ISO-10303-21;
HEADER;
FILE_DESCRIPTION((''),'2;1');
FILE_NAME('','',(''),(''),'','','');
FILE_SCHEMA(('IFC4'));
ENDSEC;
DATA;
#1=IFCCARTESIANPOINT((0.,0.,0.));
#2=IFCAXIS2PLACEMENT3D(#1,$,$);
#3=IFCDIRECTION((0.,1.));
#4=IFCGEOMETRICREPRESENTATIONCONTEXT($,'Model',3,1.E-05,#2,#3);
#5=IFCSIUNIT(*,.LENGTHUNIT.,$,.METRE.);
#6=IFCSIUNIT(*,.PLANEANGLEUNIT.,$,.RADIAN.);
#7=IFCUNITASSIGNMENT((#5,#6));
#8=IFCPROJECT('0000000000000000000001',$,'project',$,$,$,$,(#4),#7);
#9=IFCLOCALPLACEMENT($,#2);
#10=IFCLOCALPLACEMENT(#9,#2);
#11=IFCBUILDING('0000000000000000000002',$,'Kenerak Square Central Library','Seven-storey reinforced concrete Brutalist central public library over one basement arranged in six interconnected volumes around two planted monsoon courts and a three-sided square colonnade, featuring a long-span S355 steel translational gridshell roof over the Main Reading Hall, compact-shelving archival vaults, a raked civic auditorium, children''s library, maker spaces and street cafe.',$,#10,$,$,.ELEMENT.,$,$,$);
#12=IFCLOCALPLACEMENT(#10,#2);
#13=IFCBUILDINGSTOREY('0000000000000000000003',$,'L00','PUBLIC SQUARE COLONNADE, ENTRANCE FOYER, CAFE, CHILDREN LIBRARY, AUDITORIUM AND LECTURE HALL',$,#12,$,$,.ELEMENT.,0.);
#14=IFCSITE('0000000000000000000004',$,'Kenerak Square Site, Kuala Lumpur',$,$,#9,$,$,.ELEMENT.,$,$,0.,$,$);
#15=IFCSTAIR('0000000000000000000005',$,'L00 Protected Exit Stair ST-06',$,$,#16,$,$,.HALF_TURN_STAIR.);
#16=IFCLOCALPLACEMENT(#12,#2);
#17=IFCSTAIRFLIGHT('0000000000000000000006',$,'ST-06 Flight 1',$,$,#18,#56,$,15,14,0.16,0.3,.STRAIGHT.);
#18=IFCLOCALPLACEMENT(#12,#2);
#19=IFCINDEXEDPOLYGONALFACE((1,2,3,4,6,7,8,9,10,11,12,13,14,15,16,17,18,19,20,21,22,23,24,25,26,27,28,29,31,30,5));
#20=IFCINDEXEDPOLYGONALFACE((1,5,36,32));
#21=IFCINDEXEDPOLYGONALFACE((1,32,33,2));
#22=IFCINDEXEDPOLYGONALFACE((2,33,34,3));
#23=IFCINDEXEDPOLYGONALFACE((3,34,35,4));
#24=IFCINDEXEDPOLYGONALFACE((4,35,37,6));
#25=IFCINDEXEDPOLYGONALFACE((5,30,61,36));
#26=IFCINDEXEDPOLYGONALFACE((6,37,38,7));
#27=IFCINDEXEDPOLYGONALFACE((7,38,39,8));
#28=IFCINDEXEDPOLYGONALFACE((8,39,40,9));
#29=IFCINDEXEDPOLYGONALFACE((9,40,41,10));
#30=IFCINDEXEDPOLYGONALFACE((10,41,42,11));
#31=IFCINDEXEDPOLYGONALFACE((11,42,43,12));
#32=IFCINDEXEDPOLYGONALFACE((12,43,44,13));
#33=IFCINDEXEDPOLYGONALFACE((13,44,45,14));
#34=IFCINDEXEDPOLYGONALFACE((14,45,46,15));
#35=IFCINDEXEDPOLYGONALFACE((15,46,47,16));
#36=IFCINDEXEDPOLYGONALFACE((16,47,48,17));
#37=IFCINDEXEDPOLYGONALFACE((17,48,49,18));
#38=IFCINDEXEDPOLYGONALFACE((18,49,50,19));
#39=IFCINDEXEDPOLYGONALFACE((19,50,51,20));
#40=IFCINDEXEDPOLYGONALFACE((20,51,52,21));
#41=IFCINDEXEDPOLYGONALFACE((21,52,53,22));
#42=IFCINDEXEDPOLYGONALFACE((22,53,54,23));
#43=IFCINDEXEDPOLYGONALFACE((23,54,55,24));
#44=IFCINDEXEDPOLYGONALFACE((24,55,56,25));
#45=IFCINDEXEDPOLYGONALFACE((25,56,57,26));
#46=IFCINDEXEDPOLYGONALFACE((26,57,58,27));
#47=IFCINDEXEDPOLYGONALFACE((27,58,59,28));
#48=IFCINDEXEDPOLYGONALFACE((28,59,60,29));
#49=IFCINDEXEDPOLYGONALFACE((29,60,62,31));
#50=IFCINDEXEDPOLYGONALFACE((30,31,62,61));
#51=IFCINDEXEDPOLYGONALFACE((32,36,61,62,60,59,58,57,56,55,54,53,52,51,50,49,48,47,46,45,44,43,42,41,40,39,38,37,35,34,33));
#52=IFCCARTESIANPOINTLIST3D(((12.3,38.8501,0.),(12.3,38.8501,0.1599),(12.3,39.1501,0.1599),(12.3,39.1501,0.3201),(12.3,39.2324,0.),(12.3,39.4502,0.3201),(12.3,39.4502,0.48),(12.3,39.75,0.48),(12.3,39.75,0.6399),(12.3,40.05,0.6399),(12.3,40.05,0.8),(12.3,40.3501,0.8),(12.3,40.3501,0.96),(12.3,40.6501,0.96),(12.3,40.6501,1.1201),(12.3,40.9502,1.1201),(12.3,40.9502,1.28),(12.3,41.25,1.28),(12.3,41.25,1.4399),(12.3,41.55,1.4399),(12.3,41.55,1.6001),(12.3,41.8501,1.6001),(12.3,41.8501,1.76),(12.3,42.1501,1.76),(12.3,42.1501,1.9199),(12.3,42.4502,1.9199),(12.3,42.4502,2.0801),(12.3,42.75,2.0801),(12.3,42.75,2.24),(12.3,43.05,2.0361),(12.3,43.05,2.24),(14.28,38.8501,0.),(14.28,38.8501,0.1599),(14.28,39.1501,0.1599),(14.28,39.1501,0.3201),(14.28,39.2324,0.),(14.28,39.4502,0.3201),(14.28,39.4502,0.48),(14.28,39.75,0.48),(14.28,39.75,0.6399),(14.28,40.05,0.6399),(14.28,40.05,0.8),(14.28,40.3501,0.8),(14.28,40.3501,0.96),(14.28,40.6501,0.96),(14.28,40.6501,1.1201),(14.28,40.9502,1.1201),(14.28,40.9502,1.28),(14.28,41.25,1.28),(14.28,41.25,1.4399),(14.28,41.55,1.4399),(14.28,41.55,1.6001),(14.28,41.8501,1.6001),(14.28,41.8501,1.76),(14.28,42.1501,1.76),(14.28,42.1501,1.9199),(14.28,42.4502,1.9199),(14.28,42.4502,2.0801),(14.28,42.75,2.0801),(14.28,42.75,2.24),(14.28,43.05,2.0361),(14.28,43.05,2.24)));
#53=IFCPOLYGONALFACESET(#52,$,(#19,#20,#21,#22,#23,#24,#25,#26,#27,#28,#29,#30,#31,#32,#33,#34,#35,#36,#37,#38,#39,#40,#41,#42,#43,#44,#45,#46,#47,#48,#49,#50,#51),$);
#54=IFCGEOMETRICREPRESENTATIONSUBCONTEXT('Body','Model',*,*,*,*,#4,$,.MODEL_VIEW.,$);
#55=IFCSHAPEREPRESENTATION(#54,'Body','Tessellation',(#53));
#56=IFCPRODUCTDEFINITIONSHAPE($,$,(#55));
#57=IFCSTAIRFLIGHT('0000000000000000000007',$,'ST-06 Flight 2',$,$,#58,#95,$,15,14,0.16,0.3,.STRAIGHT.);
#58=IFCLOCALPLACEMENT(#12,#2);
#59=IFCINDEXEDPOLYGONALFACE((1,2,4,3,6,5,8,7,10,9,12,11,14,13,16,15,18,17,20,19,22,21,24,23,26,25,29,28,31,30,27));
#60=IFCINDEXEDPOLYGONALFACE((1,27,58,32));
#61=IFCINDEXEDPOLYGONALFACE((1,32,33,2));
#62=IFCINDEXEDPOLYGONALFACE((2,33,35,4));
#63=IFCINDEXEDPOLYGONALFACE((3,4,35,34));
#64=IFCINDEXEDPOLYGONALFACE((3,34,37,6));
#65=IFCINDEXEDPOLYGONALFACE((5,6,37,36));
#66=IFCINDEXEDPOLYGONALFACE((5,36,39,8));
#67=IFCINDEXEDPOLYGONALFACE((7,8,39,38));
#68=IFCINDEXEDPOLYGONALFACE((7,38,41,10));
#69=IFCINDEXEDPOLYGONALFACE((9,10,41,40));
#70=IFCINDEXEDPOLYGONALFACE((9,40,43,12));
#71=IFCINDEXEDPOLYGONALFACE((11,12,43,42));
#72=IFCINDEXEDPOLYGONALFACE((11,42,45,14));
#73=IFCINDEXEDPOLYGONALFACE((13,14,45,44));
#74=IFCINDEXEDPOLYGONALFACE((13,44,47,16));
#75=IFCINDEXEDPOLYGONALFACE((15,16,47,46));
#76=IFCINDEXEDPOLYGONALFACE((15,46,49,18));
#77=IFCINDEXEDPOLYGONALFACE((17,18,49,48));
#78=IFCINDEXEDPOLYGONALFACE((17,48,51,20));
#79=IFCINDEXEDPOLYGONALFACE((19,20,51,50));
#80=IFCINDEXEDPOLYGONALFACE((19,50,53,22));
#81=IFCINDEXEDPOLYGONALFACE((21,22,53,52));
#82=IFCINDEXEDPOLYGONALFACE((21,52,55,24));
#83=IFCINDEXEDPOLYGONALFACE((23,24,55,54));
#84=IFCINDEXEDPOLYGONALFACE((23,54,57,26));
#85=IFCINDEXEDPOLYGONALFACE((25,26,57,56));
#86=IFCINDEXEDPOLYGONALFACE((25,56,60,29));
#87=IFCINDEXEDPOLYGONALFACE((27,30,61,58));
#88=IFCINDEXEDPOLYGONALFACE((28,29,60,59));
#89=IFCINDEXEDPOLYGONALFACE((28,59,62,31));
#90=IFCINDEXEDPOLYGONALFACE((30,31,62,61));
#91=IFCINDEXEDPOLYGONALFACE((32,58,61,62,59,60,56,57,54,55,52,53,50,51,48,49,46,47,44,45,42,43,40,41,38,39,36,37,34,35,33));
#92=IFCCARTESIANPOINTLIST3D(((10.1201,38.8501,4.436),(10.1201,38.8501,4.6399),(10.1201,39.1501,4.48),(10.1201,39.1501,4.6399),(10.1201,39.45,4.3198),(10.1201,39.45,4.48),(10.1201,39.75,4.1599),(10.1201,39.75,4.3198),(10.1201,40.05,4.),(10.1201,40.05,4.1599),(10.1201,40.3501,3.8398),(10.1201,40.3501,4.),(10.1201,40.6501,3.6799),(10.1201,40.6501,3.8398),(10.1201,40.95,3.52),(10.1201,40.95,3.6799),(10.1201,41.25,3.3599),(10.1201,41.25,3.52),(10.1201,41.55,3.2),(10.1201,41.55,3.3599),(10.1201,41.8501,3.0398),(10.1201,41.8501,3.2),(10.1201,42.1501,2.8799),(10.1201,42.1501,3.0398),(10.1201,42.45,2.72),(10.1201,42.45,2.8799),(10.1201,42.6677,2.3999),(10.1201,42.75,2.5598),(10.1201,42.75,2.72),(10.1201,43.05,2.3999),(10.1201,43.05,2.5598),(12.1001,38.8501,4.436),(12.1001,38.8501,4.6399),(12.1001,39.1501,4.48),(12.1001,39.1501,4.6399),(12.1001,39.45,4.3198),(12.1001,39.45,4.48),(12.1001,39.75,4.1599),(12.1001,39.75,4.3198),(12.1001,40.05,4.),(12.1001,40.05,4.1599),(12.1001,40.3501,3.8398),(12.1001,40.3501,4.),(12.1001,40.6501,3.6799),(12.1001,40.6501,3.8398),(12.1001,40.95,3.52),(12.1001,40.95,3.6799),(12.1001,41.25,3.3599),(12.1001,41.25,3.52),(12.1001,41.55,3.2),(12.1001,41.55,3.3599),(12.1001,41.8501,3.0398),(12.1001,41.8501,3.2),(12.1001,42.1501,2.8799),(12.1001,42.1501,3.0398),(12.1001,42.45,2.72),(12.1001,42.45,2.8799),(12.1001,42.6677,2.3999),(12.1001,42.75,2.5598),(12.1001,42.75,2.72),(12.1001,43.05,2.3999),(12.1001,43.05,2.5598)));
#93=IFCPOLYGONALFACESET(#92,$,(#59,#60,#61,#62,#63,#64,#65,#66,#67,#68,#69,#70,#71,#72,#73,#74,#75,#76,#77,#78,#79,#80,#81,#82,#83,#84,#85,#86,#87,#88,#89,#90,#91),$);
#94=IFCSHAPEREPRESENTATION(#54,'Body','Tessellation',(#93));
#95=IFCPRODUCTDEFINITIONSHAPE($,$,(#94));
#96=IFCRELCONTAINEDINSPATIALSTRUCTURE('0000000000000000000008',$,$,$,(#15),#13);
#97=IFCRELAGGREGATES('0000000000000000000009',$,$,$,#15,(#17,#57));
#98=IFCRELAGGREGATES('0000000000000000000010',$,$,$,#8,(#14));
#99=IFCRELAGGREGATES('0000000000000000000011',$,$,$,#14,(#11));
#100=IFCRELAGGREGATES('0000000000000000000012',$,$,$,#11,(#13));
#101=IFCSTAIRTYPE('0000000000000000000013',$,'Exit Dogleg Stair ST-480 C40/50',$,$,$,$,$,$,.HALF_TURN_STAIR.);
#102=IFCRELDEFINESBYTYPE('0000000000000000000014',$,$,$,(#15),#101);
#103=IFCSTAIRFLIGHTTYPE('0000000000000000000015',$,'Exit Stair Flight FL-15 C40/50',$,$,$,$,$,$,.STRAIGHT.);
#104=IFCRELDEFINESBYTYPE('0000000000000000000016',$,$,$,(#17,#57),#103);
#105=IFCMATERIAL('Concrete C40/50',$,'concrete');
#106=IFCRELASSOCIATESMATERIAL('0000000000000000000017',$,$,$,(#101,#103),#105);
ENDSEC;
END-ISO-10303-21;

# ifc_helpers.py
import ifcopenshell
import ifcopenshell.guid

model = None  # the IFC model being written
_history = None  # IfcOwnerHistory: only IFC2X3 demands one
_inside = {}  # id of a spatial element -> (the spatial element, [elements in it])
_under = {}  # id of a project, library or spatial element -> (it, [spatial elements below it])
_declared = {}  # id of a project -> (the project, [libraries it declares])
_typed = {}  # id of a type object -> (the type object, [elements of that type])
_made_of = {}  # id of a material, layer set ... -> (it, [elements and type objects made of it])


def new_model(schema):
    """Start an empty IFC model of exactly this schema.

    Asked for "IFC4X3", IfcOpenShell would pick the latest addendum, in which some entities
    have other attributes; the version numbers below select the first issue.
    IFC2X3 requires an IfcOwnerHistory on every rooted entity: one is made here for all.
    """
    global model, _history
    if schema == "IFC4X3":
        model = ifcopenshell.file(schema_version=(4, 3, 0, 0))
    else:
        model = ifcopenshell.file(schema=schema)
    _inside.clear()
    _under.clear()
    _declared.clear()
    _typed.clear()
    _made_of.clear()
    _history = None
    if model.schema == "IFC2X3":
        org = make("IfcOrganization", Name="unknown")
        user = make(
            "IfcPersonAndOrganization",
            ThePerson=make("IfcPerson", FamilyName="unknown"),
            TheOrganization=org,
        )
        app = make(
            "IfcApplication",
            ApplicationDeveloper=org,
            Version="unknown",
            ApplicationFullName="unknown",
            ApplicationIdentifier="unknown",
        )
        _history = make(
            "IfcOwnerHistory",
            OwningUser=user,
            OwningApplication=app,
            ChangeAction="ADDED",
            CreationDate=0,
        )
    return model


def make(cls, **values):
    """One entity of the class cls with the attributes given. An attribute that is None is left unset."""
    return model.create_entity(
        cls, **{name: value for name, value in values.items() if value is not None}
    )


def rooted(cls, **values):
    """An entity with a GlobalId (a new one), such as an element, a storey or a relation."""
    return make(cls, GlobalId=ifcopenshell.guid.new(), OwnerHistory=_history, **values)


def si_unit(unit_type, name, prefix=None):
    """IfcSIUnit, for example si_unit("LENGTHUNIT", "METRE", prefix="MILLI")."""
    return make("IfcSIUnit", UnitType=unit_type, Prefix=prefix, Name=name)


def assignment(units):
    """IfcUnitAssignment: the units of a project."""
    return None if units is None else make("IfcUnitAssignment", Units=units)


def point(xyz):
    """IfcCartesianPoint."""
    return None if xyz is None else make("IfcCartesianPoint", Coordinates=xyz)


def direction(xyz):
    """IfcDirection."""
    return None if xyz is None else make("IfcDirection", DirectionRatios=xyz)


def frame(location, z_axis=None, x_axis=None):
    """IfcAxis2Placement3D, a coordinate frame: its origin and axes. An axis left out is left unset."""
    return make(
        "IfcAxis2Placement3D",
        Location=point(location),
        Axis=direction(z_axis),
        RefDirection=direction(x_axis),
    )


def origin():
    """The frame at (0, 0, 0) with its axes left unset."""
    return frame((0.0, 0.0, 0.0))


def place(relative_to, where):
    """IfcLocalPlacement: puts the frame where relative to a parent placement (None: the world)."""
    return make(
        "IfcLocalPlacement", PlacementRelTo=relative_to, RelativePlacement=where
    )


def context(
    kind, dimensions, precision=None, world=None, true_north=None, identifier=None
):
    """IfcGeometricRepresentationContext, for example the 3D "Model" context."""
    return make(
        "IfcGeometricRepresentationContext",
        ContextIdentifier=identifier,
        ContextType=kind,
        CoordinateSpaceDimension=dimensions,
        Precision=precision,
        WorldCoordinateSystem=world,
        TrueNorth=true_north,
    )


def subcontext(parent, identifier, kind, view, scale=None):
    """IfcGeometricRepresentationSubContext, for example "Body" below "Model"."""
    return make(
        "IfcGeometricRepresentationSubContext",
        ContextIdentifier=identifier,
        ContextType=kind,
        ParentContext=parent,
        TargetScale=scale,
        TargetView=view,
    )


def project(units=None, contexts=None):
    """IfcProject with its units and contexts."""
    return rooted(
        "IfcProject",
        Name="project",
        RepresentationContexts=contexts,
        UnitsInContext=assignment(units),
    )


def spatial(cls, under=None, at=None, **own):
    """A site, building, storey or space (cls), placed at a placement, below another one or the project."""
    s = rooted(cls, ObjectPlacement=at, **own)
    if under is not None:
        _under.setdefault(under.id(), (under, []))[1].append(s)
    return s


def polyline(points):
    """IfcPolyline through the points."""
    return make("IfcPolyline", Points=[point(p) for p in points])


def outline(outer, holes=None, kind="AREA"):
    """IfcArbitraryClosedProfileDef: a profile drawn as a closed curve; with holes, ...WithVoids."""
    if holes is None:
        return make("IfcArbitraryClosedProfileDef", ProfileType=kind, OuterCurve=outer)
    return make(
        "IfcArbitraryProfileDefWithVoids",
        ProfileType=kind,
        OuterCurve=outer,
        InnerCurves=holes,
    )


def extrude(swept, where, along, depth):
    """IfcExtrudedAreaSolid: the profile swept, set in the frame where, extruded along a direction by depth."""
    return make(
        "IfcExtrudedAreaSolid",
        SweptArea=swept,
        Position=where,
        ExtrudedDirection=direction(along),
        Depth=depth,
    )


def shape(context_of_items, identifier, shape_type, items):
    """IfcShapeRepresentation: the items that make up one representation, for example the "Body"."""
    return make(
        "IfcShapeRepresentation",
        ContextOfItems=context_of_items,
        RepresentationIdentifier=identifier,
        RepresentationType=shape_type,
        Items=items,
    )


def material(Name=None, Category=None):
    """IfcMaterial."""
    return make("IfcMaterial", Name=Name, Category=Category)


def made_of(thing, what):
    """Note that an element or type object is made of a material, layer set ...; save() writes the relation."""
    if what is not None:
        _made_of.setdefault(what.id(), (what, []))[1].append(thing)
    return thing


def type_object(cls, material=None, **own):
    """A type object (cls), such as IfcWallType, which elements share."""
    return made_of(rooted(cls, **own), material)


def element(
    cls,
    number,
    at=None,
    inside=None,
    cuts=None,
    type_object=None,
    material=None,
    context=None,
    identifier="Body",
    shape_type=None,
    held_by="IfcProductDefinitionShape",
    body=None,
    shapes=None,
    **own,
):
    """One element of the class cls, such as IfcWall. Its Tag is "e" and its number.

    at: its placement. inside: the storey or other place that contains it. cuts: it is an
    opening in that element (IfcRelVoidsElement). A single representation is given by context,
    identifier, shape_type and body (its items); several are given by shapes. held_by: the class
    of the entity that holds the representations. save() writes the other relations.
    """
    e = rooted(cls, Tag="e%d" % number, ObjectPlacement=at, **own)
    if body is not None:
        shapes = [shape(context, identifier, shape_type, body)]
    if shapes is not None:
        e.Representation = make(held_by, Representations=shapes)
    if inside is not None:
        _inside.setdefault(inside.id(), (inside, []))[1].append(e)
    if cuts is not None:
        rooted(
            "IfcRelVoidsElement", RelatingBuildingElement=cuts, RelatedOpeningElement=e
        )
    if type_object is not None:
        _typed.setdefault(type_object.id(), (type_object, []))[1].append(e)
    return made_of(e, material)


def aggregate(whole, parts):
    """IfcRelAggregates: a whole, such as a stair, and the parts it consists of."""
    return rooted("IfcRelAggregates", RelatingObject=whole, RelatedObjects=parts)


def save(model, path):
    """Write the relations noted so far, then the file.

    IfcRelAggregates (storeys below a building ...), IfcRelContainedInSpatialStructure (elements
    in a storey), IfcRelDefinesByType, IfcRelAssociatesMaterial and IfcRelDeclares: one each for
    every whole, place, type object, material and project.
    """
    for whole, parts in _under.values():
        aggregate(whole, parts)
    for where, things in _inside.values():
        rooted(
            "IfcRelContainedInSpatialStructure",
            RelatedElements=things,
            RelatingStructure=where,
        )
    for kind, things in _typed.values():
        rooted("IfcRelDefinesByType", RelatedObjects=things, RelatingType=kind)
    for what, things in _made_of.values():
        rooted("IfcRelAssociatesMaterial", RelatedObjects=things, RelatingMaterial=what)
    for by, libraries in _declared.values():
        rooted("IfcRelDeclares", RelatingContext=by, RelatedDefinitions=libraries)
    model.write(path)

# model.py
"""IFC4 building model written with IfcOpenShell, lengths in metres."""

from ifc_helpers import new_model, si_unit, direction, frame, origin, place, context, subcontext, project, spatial, polyline, outline, extrude, material, type_object, element, aggregate, save


model = new_model("IFC4")

# Units and contexts
model_context = context("Model", 3, precision=1e-05, world=origin(), true_north=direction((0.0, 1.0)))
body_context = subcontext(model_context, "Body", "Model", "MODEL_VIEW")
ifc_project = project(units=[si_unit("LENGTHUNIT", "METRE"), si_unit("PLANEANGLEUNIT", "RADIAN")], contexts=[model_context])

# Site, building, storey
site_placement = place(None, origin())
site = spatial("IfcSite", under=ifc_project, at=site_placement, Name="Kenerak Square Site, Kuala Lumpur", CompositionType="ELEMENT", RefElevation=0.0)
building_placement = place(site_placement, origin())
building = spatial("IfcBuilding", under=site, at=building_placement, Name="Kenerak Square Central Library", Description="Seven-storey reinforced concrete Brutalist central public library over one basement arranged in six interconnected volumes around two planted monsoon courts and a three-sided square colonnade, featuring a long-span S355 steel translational gridshell roof over the Main Reading Hall, compact-shelving archival vaults, a raked civic auditorium, children's library, maker spaces and street cafe.", CompositionType="ELEMENT")
storey_placement = place(building_placement, origin())
storey = spatial("IfcBuildingStorey", under=building, at=storey_placement, Name="L00", Description="PUBLIC SQUARE COLONNADE, ENTRANCE FOYER, CAFE, CHILDREN LIBRARY, AUDITORIUM AND LECTURE HALL", CompositionType="ELEMENT", Elevation=0.0)

# Shared definitions
ifc_material_1 = material(Name="Concrete C40/50", Category="concrete")

# Stair, stair flights
stair_type = type_object("IfcStairType", Name="Exit Dogleg Stair ST-480 C40/50", PredefinedType="HALF_TURN_STAIR", material=ifc_material_1)
stair_placement = place(storey_placement, origin())
stair = element("IfcStair", 1, at=stair_placement, inside=storey, type_object=stair_type, Name="L00 Protected Exit Stair ST-06", PredefinedType="HALF_TURN_STAIR")
stair_flight_type = type_object("IfcStairFlightType", Name="Exit Stair Flight FL-15 C40/50", PredefinedType="STRAIGHT", material=ifc_material_1)
stair_flight_1_placement = place(storey_placement, frame((13.29, 38.8501, 0.0), z_axis=(0.0, 0.0, 1.0), x_axis=(0.0, 1.0, 0.0)))
stair_flight_1 = element("IfcStairFlight", 2, at=stair_flight_1_placement, type_object=stair_flight_type, Name="ST-06 Flight 1", NumberOfRisers=15, NumberOfTreads=14, PredefinedType="STRAIGHT", RiserHeight=0.16, TreadLength=0.3, context=body_context, shape_type="SweptSolid", body=[
    extrude(outline(polyline([(0.0, 0.0), (0.0, 0.1599), (0.3, 0.1599), (0.3, 0.3201), (0.6001, 0.3201), (0.6001, 0.48), (0.8999, 0.48), (0.8999, 0.6399), (1.2, 0.6399), (1.2, 0.8), (1.5, 0.8), (1.5, 0.96), (1.8, 0.96), (1.8, 1.1201), (2.1001, 1.1201), (2.1001, 1.28), (2.3999, 1.28), (2.3999, 1.4399), (2.7, 1.4399), (2.7, 1.6001), (3.0, 1.6001), (3.0, 1.76), (3.3, 1.76), (3.3, 1.9199), (3.6001, 1.9199), (3.6001, 2.0801), (3.8999, 2.0801), (3.8999, 2.24), (4.2, 2.24), (4.2, 2.3999), (4.2, 2.0361), (0.3823, 0.0), (0.0, 0.0)])), frame((0.0, 0.99, 0.0), z_axis=(0.0, -1.0, 0.0), x_axis=(1.0, 0.0, 0.0)), (0.0, 0.0, 1.0), 1.98),
])
stair_flight_2_placement = place(storey_placement, frame((11.1101, 43.05, 2.3999), z_axis=(0.0, 0.0, 1.0), x_axis=(0.0, -1.0, 0.0)))
stair_flight_2 = element("IfcStairFlight", 3, at=stair_flight_2_placement, type_object=stair_flight_type, Name="ST-06 Flight 2", NumberOfRisers=15, NumberOfTreads=14, PredefinedType="STRAIGHT", RiserHeight=0.16, TreadLength=0.3, context=body_context, shape_type="SweptSolid", body=[
    extrude(outline(polyline([(0.0, 0.0), (0.0, 0.1599), (0.3, 0.1599), (0.3, 0.3201), (0.6001, 0.3201), (0.6001, 0.48), (0.8999, 0.48), (0.8999, 0.6399), (1.2, 0.6399), (1.2, 0.8), (1.5, 0.8), (1.5, 0.96), (1.8, 0.96), (1.8, 1.1201), (2.1001, 1.1201), (2.1001, 1.28), (2.3999, 1.28), (2.3999, 1.4399), (2.7, 1.4399), (2.7, 1.6001), (3.0, 1.6001), (3.0, 1.76), (3.3, 1.76), (3.3, 1.9199), (3.6001, 1.9199), (3.6001, 2.0801), (3.8999, 2.0801), (3.8999, 2.24), (4.2, 2.24), (4.2, 2.3999), (4.2, 2.0361), (0.3823, 0.0), (0.0, 0.0)])), frame((0.0, 0.99, 0.0), z_axis=(0.0, -1.0, 0.0), x_axis=(1.0, 0.0, 0.0)), (0.0, 0.0, 1.0), 1.98),
])
aggregate(stair, [stair_flight_1, stair_flight_2])

save(model, "model.ifc")
